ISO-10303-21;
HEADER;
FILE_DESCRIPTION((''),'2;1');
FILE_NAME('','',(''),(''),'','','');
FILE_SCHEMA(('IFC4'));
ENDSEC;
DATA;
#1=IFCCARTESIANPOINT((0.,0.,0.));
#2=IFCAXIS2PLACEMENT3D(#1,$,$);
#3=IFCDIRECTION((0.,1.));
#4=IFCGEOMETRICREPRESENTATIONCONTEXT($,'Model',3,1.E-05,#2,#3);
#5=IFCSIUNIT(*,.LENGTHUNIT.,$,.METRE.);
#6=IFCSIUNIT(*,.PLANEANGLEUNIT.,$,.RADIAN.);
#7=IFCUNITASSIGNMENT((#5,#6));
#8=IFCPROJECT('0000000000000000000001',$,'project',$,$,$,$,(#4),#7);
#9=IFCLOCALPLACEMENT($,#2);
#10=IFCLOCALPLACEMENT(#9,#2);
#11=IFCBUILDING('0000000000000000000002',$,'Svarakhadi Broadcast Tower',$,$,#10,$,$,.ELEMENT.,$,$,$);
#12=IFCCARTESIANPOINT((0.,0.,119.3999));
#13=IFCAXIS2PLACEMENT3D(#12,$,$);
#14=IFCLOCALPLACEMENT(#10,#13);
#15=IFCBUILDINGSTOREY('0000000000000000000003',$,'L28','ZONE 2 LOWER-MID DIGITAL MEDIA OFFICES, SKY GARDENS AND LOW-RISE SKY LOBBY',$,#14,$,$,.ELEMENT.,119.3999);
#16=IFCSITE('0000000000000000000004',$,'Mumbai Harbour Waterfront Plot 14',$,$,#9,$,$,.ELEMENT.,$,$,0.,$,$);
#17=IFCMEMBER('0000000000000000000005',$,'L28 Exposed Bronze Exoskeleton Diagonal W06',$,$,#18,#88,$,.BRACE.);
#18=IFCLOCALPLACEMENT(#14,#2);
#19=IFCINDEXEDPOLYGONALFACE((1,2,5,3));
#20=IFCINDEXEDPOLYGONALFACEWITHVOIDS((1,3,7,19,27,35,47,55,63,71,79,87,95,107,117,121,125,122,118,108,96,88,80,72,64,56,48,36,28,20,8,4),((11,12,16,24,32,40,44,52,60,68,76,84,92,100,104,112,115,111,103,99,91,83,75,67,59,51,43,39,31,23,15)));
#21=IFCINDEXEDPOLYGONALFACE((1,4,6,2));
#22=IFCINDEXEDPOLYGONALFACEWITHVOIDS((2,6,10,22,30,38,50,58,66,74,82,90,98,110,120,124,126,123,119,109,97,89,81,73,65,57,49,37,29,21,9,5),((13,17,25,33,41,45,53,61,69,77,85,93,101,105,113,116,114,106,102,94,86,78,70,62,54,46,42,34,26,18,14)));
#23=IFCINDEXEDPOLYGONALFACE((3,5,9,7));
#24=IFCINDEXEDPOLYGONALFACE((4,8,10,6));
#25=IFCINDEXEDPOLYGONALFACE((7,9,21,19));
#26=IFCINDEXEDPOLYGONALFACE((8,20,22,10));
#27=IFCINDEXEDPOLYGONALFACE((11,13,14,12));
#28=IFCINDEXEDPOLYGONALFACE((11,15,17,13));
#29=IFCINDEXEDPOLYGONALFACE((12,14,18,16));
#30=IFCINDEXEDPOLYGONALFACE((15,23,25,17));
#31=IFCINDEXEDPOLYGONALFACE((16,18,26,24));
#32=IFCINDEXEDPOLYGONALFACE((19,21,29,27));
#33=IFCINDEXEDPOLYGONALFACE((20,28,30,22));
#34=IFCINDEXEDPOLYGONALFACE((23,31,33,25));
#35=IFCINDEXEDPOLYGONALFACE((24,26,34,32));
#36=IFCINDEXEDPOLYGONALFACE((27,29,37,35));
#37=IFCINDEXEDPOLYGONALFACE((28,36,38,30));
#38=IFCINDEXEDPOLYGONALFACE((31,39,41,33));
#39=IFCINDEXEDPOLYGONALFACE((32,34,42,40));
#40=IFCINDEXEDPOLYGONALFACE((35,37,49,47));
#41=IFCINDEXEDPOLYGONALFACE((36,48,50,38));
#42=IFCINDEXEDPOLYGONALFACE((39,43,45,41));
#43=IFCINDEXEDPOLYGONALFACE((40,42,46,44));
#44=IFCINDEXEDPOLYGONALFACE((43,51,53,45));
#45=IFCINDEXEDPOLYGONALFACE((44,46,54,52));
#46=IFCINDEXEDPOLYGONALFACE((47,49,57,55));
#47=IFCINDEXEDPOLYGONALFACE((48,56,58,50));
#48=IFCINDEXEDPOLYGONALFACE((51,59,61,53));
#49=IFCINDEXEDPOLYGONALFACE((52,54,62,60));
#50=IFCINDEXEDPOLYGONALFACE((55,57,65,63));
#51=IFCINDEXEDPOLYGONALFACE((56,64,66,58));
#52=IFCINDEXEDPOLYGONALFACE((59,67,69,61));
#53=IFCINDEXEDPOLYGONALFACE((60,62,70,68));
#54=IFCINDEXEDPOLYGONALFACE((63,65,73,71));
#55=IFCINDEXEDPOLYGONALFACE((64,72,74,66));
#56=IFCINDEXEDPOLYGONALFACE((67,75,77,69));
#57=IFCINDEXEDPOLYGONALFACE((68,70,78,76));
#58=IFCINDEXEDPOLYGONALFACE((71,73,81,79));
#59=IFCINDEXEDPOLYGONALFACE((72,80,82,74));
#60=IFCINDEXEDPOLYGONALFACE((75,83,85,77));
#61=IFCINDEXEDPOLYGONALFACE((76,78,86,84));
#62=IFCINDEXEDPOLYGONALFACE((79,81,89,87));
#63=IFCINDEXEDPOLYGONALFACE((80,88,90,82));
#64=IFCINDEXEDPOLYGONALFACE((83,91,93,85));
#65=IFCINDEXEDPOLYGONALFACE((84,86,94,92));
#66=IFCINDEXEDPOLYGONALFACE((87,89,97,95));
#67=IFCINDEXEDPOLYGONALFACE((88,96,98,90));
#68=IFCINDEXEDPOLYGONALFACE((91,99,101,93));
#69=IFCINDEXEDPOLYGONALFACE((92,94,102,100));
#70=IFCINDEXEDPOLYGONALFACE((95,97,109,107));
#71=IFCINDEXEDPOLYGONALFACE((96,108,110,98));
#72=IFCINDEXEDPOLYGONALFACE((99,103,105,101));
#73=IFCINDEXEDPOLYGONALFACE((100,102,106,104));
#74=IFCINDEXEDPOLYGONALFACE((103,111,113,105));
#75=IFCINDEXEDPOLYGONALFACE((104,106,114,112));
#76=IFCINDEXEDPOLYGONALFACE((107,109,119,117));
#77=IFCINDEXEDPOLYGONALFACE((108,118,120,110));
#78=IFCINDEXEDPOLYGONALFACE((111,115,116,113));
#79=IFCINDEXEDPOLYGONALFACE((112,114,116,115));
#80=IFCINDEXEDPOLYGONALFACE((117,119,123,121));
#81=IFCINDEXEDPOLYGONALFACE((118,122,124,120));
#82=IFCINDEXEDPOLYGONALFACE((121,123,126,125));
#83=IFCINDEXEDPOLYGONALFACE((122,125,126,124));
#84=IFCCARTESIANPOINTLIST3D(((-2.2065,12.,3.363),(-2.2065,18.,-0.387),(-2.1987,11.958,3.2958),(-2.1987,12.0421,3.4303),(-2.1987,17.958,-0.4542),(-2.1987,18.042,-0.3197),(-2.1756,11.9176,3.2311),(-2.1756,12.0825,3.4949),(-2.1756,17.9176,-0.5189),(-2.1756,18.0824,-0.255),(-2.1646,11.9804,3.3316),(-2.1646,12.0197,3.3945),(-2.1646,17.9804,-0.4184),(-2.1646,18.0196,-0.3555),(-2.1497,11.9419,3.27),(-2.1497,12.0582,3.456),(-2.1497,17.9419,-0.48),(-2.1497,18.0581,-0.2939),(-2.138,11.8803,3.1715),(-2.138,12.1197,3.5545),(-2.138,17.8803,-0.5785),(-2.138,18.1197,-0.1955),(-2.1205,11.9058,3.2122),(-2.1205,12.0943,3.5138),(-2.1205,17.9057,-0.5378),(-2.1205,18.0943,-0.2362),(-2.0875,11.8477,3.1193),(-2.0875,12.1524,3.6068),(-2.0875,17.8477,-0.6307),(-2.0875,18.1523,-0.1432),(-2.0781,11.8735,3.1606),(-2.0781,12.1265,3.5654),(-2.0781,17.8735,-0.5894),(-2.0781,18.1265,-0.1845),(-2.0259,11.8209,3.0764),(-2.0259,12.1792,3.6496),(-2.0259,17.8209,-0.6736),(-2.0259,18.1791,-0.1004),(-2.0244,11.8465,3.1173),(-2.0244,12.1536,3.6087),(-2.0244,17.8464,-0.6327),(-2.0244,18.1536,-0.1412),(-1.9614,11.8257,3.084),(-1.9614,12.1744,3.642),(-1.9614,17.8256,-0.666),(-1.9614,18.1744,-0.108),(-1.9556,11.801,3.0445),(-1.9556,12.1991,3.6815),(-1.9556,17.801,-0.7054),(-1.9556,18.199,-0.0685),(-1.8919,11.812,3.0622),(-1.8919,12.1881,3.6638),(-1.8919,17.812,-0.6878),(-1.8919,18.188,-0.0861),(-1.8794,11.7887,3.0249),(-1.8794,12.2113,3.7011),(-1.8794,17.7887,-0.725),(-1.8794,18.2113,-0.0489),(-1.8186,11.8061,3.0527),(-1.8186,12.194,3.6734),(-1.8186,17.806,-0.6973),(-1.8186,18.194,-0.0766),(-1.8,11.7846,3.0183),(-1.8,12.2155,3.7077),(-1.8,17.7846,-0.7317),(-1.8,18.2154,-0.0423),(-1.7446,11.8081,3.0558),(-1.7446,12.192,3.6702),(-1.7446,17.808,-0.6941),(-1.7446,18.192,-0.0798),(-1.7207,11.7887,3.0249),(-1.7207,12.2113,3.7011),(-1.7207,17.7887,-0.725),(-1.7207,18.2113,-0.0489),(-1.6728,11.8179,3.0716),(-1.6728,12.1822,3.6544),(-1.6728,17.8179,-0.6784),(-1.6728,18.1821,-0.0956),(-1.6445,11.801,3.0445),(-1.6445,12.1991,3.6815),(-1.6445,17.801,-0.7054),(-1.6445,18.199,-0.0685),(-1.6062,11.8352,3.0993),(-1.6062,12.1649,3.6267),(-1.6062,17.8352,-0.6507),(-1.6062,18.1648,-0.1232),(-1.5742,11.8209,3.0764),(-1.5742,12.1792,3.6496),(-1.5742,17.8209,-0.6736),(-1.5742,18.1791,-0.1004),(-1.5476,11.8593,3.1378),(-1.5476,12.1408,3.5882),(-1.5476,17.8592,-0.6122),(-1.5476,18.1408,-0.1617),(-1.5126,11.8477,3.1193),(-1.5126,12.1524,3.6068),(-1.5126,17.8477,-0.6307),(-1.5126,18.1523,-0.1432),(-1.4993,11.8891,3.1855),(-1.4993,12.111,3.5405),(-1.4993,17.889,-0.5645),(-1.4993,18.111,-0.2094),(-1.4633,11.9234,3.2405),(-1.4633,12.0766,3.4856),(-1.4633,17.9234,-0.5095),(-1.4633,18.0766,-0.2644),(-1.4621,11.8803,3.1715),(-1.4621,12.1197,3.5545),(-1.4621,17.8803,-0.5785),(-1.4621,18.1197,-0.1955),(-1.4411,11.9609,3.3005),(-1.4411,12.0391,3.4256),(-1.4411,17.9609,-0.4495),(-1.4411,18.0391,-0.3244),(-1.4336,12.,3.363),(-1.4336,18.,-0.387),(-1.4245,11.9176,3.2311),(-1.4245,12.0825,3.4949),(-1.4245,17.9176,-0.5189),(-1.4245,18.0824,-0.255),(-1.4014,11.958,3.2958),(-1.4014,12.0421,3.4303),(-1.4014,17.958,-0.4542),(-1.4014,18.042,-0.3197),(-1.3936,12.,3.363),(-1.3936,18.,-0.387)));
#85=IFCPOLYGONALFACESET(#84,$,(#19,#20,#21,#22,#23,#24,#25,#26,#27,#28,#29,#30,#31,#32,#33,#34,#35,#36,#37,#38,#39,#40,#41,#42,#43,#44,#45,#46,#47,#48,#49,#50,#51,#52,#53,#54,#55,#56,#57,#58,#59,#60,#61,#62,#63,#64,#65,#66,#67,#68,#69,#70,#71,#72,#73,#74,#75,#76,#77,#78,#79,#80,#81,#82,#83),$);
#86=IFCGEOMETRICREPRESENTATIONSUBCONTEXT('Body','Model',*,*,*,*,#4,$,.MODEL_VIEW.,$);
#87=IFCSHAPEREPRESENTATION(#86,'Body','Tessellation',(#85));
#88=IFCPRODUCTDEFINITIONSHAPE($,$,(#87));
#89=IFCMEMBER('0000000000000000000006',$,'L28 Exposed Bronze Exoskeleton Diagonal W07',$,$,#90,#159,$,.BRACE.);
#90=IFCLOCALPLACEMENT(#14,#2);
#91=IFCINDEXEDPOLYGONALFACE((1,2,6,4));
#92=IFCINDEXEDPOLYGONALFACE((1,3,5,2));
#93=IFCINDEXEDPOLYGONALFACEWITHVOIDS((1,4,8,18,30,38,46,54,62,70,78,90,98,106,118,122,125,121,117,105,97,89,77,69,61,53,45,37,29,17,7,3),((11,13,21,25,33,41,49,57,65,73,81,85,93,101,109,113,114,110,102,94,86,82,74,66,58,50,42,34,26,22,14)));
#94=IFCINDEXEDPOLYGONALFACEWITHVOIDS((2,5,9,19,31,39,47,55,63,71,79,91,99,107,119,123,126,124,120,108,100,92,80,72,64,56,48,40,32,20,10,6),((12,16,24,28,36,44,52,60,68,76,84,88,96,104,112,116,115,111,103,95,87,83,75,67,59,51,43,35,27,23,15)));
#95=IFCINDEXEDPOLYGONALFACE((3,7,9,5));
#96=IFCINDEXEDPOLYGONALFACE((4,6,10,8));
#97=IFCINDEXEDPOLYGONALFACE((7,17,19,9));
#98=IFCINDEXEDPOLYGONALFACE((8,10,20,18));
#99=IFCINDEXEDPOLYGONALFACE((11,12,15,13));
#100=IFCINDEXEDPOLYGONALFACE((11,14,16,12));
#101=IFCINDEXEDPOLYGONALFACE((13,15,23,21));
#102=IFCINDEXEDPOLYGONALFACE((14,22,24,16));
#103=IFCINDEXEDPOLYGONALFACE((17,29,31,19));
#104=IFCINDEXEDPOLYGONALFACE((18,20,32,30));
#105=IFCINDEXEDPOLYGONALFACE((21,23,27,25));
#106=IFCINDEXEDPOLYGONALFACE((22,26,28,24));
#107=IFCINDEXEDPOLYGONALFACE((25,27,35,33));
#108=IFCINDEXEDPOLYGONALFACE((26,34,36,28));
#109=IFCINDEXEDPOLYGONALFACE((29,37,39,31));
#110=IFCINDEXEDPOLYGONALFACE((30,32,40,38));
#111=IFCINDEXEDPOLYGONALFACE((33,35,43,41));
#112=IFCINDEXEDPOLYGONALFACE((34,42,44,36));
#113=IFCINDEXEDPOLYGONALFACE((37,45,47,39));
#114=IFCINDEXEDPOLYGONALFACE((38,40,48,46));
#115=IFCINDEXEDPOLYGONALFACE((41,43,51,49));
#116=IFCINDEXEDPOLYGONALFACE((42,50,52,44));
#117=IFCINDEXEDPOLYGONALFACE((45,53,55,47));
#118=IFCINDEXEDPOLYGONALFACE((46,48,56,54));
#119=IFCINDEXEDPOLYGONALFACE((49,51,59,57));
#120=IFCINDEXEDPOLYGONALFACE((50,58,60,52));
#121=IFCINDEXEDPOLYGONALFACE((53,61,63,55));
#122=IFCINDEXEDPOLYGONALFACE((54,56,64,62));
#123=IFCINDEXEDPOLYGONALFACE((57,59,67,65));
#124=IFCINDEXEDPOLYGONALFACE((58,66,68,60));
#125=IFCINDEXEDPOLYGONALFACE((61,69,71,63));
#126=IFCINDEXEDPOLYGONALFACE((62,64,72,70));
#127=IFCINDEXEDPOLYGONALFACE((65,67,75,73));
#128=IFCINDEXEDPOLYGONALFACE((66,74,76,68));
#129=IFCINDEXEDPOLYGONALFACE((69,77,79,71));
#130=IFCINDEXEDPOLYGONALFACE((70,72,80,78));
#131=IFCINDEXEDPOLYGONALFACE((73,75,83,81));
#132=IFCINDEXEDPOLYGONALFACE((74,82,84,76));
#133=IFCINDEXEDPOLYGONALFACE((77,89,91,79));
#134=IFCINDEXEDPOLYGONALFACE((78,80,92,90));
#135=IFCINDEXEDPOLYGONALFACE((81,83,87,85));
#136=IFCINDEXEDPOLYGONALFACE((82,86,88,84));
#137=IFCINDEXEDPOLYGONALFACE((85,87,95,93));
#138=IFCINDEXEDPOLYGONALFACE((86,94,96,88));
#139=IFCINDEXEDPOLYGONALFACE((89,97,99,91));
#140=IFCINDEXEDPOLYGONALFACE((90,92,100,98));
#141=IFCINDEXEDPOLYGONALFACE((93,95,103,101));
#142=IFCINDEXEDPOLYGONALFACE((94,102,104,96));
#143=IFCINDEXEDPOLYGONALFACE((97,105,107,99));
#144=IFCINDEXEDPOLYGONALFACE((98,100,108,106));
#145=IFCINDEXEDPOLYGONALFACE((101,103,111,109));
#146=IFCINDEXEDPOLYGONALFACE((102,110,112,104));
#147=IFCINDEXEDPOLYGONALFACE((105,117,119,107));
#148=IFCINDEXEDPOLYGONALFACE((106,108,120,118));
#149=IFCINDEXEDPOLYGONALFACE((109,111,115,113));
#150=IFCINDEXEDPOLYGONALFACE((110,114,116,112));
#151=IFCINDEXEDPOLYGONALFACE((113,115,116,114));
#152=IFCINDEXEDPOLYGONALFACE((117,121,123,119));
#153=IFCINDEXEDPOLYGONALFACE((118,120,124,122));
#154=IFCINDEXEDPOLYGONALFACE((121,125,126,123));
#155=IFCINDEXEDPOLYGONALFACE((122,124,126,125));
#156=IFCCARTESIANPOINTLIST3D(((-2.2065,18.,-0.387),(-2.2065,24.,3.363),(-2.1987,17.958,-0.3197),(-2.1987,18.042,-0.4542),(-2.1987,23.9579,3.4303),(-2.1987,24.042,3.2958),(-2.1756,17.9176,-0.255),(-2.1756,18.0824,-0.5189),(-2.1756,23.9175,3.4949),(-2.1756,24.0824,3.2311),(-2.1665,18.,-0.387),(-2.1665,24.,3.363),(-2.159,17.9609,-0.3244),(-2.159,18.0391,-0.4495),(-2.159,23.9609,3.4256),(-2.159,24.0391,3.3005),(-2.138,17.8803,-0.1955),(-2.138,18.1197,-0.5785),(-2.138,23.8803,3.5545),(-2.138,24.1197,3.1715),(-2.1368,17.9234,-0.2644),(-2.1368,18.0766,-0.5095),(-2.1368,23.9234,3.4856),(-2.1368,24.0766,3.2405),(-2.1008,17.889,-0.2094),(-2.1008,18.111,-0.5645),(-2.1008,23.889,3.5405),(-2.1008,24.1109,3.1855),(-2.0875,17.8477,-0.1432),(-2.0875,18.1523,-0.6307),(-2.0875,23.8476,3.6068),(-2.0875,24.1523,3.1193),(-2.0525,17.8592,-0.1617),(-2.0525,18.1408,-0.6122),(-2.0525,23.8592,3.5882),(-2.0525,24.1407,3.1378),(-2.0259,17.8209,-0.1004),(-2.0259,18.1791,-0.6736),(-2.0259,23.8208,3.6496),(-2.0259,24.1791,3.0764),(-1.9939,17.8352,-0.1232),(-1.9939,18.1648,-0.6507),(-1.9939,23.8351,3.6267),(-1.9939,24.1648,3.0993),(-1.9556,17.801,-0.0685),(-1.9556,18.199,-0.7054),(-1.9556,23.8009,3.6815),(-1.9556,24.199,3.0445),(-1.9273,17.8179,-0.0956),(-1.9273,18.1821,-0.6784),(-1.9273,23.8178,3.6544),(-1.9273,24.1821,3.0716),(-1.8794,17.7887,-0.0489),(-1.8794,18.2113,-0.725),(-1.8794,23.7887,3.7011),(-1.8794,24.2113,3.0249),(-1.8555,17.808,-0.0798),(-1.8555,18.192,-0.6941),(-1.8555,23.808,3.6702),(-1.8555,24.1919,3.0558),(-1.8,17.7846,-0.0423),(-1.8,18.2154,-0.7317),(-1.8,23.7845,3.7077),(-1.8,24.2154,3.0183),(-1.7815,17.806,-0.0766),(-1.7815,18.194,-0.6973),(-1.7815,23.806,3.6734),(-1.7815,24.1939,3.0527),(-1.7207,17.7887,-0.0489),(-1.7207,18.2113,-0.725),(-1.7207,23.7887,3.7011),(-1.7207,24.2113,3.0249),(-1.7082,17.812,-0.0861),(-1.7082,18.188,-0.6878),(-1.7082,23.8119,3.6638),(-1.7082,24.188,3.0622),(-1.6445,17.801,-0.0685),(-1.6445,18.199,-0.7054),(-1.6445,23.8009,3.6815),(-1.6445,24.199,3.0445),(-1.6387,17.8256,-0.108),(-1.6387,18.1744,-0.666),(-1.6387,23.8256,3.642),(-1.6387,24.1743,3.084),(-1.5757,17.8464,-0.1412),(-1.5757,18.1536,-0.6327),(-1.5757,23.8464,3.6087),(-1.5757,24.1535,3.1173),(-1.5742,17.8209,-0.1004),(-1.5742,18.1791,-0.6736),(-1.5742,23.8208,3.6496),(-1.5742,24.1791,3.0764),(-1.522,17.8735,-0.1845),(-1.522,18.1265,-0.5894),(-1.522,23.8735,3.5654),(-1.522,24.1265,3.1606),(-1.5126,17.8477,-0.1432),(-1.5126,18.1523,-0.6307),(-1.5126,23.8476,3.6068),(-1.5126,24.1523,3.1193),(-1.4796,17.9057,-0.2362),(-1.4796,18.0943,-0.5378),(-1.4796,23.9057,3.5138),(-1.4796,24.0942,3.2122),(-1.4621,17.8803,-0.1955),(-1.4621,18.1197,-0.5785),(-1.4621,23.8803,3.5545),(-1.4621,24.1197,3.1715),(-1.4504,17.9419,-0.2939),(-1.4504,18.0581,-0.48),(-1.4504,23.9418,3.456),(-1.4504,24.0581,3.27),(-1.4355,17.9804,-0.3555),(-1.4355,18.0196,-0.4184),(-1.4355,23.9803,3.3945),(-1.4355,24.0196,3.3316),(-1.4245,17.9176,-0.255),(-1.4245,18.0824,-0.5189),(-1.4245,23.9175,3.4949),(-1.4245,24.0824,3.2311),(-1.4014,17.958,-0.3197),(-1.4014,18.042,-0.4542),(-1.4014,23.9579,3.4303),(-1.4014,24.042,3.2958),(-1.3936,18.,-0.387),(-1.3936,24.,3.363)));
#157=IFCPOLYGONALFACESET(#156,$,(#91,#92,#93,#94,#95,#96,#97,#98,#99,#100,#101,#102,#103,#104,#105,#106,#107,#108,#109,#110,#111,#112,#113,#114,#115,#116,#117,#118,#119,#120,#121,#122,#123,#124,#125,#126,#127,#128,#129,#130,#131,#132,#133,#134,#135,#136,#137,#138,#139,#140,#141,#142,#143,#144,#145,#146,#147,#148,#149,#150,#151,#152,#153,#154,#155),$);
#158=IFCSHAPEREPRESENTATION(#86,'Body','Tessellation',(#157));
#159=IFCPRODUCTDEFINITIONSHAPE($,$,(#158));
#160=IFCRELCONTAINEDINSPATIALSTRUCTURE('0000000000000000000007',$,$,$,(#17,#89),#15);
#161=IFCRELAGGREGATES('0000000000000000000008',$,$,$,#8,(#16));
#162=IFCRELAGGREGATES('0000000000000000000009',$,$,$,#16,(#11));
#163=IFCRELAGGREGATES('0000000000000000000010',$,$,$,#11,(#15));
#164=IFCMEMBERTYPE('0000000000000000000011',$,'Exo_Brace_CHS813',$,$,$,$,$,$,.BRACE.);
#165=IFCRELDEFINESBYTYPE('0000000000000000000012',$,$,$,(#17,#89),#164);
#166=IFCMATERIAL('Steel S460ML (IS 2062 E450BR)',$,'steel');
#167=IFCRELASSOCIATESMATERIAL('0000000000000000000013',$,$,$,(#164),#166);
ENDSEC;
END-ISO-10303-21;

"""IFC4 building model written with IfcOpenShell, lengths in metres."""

from ifc_helpers import new_model, si_unit, direction, frame, origin, origin_2d, place, context, subcontext, project, spatial, hollow_circle, extrude, material, material_profile, profile_set, type_object, element, save


model = new_model("IFC4")

# Units and contexts
model_context = context("Model", 3, precision=1e-05, world=origin(), true_north=direction((0.0, 1.0)))
body_context = subcontext(model_context, "Body", "Model", "MODEL_VIEW")
ifc_project = project(units=[si_unit("LENGTHUNIT", "METRE"), si_unit("PLANEANGLEUNIT", "RADIAN")], contexts=[model_context])

# Site, building, storey
site_placement = place(None, origin())
site = spatial("IfcSite", under=ifc_project, at=site_placement, Name="Mumbai Harbour Waterfront Plot 14", CompositionType="ELEMENT", RefElevation=0.0)
building_placement = place(site_placement, origin())
building = spatial("IfcBuilding", under=site, at=building_placement, Name="Svarakhadi Broadcast Tower", CompositionType="ELEMENT")
storey_placement = place(building_placement, frame((0.0, 0.0, 119.3999)))
storey = spatial("IfcBuildingStorey", under=building, at=storey_placement, Name="L28", Description="ZONE 2 LOWER-MID DIGITAL MEDIA OFFICES, SKY GARDENS AND LOW-RISE SKY LOBBY", CompositionType="ELEMENT", Elevation=119.3999)

# Shared definitions
ifc_material_1 = material(Name="Steel S460ML (IS 2062 E450BR)", Category="steel")

# Members
ifc_material_profile_1 = material_profile(ifc_material_1, hollow_circle(Radius=0.4065, WallThickness=0.04, at=origin_2d()), Name="CHS 813x40")
ifc_profile_set_1 = profile_set([ifc_material_profile_1], Name="Steel S460ML (IS 2062 E450BR)")
member_type_1 = type_object("IfcMemberType", Name="Exo_Brace_CHS813", PredefinedType="BRACE", material=ifc_profile_set_1)
for number, where, z_axis, x_axis, name in (
    (1, (-1.8, 18.0, -0.387), (0.0, -0.847998, 0.529999), (1.0, 0.0, 0.0), "L28 Exposed Bronze Exoskeleton Diagonal W06"),
    (2, (-1.8, 18.0, -0.387), (0.0, 0.847998, 0.529999), (-1.0, 0.0, 0.0), "L28 Exposed Bronze Exoskeleton Diagonal W07"),
):
    element("IfcMember", number, at=place(storey_placement, frame(where, z_axis=z_axis, x_axis=x_axis)), inside=storey, type_object=member_type_1, Name=name, PredefinedType="BRACE", context=body_context, shape_type="SweptSolid", body=[
        extrude(hollow_circle(Radius=0.4065, WallThickness=0.04, at=origin_2d()), origin(), (0.0, 0.0, 1.0), 7.0754),
    ])

save(model, "model.ifc")
